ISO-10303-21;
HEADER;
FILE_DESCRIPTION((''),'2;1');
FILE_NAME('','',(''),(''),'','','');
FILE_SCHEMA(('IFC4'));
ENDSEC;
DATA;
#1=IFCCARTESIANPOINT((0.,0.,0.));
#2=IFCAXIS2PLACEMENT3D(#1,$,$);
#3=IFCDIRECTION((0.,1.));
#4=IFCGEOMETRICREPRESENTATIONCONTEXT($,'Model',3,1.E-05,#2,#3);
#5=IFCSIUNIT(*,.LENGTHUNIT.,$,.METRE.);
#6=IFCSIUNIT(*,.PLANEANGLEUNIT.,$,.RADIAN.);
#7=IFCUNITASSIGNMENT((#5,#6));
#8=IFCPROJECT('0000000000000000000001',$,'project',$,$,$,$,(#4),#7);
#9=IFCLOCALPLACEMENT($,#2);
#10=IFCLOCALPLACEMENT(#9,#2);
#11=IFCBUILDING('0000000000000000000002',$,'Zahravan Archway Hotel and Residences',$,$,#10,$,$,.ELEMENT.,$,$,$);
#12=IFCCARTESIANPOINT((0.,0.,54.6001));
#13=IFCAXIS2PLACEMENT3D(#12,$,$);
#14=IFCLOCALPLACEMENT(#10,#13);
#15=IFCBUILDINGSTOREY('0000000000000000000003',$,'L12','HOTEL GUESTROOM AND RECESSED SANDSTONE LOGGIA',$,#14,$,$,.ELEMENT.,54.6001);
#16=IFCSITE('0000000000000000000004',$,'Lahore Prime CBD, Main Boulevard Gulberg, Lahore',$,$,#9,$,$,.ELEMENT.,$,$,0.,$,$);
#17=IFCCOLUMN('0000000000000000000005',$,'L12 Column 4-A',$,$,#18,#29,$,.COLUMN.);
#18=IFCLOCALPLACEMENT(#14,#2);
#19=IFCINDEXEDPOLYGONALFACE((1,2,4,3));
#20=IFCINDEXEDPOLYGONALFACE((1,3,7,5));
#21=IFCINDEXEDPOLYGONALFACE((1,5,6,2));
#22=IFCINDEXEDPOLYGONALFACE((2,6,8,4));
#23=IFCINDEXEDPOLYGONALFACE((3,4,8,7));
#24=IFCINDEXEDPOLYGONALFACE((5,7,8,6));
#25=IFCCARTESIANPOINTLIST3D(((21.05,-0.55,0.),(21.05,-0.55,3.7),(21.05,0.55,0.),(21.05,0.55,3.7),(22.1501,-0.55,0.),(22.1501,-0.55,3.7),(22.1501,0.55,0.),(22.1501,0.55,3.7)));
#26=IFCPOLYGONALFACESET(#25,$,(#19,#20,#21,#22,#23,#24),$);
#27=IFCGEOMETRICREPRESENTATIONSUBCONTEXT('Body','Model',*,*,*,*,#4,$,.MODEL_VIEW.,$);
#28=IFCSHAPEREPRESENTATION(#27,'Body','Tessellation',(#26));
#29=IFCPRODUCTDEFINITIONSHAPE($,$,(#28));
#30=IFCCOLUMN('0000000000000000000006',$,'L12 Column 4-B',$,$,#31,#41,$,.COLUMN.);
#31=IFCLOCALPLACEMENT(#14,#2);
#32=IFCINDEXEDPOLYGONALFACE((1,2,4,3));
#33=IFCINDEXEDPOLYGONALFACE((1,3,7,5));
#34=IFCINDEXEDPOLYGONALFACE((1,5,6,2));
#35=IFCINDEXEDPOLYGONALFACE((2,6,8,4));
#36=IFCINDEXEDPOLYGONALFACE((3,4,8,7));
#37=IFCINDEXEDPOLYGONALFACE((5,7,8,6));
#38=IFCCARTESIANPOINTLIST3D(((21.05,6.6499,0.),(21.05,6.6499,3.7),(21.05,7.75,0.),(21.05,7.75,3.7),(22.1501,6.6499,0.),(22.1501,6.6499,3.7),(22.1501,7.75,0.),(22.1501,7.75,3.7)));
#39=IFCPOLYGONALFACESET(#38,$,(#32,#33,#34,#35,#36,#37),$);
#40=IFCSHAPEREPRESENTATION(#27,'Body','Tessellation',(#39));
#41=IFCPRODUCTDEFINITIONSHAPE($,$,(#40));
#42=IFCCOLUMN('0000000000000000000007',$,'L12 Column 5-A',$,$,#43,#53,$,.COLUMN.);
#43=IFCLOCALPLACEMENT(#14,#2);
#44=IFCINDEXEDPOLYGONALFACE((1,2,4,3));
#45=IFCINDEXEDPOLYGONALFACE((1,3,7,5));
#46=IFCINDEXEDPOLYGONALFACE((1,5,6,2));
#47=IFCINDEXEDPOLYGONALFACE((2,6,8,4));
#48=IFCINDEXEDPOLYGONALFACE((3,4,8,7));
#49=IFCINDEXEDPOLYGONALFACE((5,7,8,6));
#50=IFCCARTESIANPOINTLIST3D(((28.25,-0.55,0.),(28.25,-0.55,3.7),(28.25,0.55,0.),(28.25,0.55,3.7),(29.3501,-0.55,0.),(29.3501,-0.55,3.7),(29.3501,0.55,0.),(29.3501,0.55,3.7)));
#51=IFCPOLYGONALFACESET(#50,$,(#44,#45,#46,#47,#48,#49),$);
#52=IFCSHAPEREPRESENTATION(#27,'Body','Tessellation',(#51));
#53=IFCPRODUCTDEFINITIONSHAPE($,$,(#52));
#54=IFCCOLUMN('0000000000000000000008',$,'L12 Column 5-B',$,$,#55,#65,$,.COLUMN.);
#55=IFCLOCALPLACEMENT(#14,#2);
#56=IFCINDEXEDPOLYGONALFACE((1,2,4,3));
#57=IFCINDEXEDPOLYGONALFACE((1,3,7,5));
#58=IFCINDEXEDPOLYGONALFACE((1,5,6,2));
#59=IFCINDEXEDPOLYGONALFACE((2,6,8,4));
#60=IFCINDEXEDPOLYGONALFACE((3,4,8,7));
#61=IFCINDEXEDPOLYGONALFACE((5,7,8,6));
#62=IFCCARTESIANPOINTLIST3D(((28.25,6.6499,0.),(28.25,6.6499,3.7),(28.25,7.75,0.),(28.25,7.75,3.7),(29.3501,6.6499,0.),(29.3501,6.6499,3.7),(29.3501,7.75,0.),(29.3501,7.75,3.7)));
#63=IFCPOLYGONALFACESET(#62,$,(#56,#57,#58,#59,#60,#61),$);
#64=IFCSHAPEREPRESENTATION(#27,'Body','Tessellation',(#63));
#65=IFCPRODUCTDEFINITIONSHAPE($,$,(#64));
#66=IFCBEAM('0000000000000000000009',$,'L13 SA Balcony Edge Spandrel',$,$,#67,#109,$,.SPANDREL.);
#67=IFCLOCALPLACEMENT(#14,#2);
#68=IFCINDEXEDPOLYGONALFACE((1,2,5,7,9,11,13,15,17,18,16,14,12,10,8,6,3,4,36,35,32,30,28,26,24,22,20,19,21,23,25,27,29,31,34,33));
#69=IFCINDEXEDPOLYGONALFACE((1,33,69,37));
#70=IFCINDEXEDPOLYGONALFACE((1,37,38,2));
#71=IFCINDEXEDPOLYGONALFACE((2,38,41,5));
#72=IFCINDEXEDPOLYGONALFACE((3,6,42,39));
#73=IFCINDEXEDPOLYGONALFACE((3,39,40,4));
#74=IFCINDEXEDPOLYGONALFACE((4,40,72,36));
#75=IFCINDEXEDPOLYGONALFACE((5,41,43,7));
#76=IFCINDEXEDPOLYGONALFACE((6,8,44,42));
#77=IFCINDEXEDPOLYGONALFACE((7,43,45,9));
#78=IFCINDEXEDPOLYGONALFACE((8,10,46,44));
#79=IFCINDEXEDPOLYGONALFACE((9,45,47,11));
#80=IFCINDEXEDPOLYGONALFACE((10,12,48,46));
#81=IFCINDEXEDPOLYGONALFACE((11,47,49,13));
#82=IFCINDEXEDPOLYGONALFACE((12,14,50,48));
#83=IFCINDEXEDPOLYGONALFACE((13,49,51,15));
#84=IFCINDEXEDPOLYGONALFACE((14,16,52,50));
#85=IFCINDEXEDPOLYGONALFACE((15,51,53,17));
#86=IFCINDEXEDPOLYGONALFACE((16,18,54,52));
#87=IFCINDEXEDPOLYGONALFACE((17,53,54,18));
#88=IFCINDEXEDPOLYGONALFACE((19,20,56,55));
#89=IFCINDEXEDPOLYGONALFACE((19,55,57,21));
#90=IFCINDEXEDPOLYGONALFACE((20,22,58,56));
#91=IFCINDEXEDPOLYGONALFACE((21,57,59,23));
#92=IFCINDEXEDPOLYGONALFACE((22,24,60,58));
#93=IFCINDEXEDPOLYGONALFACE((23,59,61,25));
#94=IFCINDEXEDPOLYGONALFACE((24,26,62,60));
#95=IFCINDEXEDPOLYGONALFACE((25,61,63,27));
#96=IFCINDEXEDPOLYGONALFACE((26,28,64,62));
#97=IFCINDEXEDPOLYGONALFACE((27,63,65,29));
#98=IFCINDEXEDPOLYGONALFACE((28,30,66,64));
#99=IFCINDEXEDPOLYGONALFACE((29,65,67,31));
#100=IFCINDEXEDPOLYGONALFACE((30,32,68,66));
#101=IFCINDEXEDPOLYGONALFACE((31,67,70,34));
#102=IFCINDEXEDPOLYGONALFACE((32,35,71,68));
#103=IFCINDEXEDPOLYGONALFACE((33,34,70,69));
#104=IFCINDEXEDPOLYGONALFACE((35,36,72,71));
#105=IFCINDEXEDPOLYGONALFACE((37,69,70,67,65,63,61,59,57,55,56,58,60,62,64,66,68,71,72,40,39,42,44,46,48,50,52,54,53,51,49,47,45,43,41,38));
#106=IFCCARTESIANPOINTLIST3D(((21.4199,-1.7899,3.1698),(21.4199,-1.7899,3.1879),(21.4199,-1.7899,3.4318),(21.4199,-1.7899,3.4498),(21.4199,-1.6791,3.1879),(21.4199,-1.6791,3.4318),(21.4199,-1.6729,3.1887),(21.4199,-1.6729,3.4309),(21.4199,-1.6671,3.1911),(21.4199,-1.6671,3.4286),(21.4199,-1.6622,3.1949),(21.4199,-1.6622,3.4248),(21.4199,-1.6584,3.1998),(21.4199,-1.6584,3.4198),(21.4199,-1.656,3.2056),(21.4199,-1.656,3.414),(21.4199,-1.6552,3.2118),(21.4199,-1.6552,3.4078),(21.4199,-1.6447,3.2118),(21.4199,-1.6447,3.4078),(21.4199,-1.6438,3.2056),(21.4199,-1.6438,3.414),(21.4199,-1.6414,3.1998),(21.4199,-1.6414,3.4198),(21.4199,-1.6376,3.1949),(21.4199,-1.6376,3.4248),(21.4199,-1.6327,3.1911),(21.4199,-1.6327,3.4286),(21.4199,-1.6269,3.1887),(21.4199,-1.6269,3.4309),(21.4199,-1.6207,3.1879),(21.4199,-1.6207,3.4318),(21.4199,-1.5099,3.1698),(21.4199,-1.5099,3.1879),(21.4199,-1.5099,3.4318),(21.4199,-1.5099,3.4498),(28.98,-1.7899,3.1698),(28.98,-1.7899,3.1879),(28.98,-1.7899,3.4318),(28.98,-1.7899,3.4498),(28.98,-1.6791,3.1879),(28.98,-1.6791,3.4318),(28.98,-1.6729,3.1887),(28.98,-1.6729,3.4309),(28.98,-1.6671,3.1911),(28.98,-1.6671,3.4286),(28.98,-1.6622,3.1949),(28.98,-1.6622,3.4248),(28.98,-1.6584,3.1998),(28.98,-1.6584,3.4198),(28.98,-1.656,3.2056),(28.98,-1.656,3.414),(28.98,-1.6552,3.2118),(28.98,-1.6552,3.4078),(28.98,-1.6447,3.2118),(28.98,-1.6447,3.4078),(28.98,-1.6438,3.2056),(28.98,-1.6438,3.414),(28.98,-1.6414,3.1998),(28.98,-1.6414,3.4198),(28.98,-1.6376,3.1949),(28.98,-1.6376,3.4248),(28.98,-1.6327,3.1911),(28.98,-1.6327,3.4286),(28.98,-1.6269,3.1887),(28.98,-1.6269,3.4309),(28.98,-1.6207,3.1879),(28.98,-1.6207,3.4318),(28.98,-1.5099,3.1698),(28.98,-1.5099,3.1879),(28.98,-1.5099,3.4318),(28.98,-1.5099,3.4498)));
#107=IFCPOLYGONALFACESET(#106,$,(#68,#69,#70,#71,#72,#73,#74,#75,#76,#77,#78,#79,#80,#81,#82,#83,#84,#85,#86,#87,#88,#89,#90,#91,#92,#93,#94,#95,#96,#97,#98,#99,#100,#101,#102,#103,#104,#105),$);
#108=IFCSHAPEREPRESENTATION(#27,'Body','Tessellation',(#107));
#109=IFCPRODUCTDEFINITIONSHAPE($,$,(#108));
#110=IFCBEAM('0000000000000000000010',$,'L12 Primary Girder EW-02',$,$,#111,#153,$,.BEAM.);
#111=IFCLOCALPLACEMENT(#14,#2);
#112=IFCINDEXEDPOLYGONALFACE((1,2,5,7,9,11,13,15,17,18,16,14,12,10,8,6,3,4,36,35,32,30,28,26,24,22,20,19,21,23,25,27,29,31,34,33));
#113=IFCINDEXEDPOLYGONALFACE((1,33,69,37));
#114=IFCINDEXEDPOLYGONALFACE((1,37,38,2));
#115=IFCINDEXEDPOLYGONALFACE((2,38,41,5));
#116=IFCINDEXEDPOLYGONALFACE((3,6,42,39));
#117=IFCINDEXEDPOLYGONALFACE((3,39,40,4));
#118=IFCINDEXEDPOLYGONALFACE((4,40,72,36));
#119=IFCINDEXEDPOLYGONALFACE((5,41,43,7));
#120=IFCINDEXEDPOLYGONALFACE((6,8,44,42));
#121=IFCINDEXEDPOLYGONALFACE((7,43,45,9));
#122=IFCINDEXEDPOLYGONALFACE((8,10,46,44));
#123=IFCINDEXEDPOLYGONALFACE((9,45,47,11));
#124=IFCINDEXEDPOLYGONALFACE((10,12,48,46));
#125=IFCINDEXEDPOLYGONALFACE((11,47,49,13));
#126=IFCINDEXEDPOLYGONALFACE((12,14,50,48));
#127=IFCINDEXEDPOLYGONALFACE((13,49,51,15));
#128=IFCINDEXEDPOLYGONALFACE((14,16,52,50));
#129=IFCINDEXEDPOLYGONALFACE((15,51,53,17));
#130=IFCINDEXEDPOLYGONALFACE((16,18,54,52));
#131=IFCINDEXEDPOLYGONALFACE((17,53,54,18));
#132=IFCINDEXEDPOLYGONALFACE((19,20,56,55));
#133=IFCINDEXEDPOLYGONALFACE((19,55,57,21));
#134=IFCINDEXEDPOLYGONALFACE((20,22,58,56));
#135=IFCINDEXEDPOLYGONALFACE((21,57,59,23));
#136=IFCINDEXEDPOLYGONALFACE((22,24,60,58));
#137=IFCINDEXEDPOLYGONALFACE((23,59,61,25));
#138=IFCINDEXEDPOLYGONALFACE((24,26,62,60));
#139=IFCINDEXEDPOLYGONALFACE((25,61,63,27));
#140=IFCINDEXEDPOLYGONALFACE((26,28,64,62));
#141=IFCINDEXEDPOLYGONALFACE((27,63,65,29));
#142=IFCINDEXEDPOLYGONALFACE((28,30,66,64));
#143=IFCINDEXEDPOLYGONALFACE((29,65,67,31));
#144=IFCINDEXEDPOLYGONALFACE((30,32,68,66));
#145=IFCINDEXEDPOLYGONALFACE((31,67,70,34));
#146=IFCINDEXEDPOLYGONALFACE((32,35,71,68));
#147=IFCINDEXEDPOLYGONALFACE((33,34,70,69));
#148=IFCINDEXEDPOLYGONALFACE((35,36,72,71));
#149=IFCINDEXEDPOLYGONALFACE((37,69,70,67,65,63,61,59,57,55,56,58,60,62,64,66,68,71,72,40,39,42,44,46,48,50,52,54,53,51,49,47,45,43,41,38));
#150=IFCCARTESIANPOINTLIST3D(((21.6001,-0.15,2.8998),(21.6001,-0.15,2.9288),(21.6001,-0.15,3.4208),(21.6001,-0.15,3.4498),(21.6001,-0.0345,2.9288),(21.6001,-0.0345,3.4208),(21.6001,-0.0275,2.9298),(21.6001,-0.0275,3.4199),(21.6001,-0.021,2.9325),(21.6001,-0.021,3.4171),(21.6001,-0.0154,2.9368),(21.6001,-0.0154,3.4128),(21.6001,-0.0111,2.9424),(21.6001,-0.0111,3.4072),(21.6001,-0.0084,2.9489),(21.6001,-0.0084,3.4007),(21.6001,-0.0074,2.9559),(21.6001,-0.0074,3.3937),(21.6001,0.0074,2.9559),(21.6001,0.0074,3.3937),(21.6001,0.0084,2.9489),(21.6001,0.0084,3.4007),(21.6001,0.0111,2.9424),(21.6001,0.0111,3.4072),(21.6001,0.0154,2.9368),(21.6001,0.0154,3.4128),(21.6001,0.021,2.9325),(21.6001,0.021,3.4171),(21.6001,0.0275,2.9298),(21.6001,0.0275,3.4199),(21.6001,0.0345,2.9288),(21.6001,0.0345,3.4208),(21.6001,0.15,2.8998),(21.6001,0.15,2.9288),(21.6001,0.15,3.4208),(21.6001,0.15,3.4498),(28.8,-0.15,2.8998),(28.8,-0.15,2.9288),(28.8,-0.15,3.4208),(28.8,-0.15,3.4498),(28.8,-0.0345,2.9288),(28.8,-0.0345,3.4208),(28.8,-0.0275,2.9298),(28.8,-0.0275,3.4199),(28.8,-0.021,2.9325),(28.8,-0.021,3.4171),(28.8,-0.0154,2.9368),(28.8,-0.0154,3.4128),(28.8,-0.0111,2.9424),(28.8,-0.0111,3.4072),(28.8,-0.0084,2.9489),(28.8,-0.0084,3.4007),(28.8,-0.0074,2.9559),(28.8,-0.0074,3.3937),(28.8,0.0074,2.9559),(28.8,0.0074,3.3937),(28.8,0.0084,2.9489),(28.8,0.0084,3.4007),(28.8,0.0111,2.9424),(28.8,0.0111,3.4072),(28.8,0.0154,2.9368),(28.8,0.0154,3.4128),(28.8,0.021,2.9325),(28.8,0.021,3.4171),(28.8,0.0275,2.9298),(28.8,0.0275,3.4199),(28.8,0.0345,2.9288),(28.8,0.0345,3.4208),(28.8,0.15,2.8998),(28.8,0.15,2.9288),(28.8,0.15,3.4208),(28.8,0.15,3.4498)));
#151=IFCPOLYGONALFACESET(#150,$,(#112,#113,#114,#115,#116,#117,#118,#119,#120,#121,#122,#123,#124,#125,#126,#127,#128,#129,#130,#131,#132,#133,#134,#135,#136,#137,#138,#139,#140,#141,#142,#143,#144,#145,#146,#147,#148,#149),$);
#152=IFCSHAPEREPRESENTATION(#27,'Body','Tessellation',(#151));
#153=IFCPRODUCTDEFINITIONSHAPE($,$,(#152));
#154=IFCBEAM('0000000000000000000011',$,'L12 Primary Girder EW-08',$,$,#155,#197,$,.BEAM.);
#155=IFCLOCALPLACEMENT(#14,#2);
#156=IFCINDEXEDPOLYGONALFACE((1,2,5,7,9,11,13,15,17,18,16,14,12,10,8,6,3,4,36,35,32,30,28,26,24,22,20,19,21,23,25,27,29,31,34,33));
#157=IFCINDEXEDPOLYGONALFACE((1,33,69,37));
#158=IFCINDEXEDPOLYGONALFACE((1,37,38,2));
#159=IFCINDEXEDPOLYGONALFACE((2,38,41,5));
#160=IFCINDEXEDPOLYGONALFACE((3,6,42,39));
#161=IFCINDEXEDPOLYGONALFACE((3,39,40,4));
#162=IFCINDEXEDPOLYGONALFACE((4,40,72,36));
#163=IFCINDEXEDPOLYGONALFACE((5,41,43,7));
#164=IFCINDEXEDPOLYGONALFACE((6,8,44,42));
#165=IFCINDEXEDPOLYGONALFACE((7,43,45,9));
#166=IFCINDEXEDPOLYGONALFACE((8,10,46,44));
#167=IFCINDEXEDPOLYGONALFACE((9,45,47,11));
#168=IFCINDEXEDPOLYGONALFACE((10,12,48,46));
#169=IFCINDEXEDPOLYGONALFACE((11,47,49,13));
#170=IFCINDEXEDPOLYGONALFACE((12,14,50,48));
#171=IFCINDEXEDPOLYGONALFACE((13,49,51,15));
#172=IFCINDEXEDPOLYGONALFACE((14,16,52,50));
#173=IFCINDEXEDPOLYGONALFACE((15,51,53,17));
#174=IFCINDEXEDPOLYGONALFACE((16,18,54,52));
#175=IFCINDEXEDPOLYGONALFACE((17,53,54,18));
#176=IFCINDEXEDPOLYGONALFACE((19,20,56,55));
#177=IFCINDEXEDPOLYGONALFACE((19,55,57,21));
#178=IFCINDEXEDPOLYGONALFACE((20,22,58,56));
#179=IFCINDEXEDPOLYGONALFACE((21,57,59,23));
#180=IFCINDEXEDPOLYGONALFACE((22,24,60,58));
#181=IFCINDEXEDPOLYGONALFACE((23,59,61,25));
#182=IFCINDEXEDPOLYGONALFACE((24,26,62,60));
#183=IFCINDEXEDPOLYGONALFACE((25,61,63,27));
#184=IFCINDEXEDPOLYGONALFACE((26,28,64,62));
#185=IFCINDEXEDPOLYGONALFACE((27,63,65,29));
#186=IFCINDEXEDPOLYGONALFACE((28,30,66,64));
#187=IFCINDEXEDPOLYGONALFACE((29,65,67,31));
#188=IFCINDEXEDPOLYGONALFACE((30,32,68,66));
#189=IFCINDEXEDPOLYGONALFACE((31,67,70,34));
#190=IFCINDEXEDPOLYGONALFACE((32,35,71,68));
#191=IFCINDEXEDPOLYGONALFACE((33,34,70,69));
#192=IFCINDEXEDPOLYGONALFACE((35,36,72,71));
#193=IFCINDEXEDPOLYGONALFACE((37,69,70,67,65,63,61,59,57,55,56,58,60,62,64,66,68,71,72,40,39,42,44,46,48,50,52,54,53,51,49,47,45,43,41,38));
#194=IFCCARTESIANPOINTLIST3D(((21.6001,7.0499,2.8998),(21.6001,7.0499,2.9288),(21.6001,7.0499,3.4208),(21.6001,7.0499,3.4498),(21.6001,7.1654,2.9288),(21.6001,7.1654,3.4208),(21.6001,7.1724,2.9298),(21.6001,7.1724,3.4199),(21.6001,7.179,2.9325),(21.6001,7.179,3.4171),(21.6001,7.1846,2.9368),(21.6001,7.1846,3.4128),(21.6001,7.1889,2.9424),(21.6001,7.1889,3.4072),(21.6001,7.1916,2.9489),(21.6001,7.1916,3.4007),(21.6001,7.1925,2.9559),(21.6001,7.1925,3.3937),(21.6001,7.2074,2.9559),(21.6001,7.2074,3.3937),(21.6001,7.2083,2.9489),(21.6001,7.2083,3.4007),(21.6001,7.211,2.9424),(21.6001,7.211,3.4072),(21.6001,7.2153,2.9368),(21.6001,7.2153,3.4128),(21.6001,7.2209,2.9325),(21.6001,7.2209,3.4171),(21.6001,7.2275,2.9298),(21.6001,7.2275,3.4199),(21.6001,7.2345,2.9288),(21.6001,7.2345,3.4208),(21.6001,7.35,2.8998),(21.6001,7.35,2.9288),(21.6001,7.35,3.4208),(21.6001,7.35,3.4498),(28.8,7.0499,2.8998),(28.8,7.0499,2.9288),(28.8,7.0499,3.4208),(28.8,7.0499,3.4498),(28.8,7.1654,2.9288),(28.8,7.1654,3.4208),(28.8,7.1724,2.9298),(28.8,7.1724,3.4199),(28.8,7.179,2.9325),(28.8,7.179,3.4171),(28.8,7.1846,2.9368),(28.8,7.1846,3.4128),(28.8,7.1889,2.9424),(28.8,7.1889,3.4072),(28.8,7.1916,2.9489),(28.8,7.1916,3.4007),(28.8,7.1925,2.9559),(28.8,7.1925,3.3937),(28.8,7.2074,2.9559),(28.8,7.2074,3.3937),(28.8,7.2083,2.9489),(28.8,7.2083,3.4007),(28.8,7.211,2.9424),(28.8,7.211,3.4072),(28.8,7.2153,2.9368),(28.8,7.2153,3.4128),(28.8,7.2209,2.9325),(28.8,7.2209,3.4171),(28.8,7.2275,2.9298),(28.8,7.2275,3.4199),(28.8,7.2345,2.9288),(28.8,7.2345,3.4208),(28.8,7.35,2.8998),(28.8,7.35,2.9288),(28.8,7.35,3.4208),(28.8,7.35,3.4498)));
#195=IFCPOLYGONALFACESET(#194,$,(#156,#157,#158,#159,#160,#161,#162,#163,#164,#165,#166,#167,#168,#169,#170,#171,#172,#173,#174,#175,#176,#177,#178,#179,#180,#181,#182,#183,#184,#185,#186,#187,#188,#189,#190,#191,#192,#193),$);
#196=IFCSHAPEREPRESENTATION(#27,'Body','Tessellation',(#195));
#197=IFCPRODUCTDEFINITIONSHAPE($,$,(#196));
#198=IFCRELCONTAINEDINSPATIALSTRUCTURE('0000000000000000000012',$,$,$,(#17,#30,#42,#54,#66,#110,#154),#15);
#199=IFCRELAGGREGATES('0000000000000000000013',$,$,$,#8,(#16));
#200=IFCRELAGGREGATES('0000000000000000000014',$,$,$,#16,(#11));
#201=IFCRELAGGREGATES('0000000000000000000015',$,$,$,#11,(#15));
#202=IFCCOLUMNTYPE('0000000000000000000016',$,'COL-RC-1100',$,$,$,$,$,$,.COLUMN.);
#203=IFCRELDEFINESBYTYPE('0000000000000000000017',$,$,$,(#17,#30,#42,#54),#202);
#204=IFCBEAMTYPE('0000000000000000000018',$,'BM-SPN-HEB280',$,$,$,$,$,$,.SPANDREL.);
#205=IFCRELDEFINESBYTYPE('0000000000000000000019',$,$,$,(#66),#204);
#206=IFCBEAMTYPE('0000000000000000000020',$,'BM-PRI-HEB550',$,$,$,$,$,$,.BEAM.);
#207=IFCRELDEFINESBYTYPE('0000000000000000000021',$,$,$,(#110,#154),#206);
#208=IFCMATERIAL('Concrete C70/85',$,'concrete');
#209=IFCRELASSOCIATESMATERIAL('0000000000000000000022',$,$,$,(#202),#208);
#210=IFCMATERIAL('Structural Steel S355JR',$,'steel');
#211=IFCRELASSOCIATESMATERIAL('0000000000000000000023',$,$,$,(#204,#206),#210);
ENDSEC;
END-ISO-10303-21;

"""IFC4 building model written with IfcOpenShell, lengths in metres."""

from ifc_helpers import new_model, si_unit, direction, frame, origin, origin_2d, place, context, subcontext, project, spatial, rectangle, i_section, extrude, source, transform, mapped, material, material_profile, profile_set, type_object, type_shapes, element, save


model = new_model("IFC4")

# Units and contexts
model_context = context("Model", 3, precision=1e-05, world=origin(), true_north=direction((0.0, 1.0)))
body_context = subcontext(model_context, "Body", "Model", "MODEL_VIEW")
ifc_project = project(units=[si_unit("LENGTHUNIT", "METRE"), si_unit("PLANEANGLEUNIT", "RADIAN")], contexts=[model_context])

# Site, building, storey
site_placement = place(None, origin())
site = spatial("IfcSite", under=ifc_project, at=site_placement, Name="Lahore Prime CBD, Main Boulevard Gulberg, Lahore", CompositionType="ELEMENT", RefElevation=0.0)
building_placement = place(site_placement, origin())
building = spatial("IfcBuilding", under=site, at=building_placement, Name="Zahravan Archway Hotel and Residences", CompositionType="ELEMENT")
storey_placement = place(building_placement, frame((0.0, 0.0, 54.6001)))
storey = spatial("IfcBuildingStorey", under=building, at=storey_placement, Name="L12", Description="HOTEL GUESTROOM AND RECESSED SANDSTONE LOGGIA", CompositionType="ELEMENT", Elevation=54.6001)

# Columns
ifc_material_1 = material(Name="Concrete C70/85", Category="concrete")
ifc_material_profile_1 = material_profile(ifc_material_1, rectangle(XDim=1.1001, YDim=1.1001, at=origin_2d()), Name="RC 1100x1100", Category="concrete")
ifc_profile_set_1 = profile_set([ifc_material_profile_1], Name="Concrete C70/85")
column_type = type_object("IfcColumnType", Name="COL-RC-1100", PredefinedType="COLUMN", material=ifc_profile_set_1)
shared_shape_1 = source(origin(), body_context, "Body", "SweptSolid", [
    extrude(rectangle(XDim=1.1001, YDim=1.1001, at=origin_2d()), origin(), (0.0, 0.0, 1.0), 3.7),
])
for number, where, z_axis, x_axis, name in (
    (1, (21.6001, 0.0, 0.0), (0.0, 0.0, 1.0), (1.0, 0.0, 0.0), "L12 Column 4-A"),
    (2, (21.6001, 7.2, 0.0), (0.0, 0.0, 1.0), (1.0, 0.0, 0.0), "L12 Column 4-B"),
    (3, (28.8, 0.0, 0.0), (0.0, 0.0, 1.0), (1.0, 0.0, 0.0), "L12 Column 5-A"),
    (4, (28.8, 7.2, 0.0), (0.0, 0.0, 1.0), (1.0, 0.0, 0.0), "L12 Column 5-B"),
):
    element("IfcColumn", number, at=place(storey_placement, frame(where, z_axis=z_axis, x_axis=x_axis)), inside=storey, type_object=column_type, Name=name, PredefinedType="COLUMN", context=body_context, shape_type="MappedRepresentation", body=[
        mapped(shared_shape_1, transform((0.0, 0.0, 0.0), scale=1.0)),
    ])

# Beams
ifc_material_2 = material(Name="Structural Steel S355JR", Category="steel")
ifc_material_profile_2 = material_profile(ifc_material_2, i_section(OverallWidth=0.28, OverallDepth=0.28, WebThickness=0.0105, FlangeThickness=0.0181, FilletRadius=0.0239, at=origin_2d()), Name="HEB 280", Category="steel")
ifc_profile_set_2 = profile_set([ifc_material_profile_2], Name="Structural Steel S355JR")
beam_type_1 = type_object("IfcBeamType", Name="BM-SPN-HEB280", PredefinedType="SPANDREL", material=ifc_profile_set_2)
shared_shape_2 = source(origin(), body_context, "Body", "SweptSolid", [
    extrude(i_section(OverallWidth=0.28, OverallDepth=0.28, WebThickness=0.0105, FlangeThickness=0.0181, FilletRadius=0.0239, at=origin_2d()), origin(), (0.0, 0.0, 1.0), 7.5601),
])
type_shapes(beam_type_1, [shared_shape_2])
beam_1_placement = place(storey_placement, frame((21.4199, -1.6499, 3.3098), z_axis=(1.0, 0.0, 0.0), x_axis=(0.0, 1.0, 0.0)))
element("IfcBeam", 5, at=beam_1_placement, inside=storey, type_object=beam_type_1, Name="L13 SA Balcony Edge Spandrel", PredefinedType="SPANDREL", context=body_context, shape_type="MappedRepresentation", body=[
    mapped(shared_shape_2, transform((0.0, 0.0, 0.0), scale=1.0)),
])
ifc_material_profile_3 = material_profile(ifc_material_2, i_section(OverallWidth=0.3, OverallDepth=0.55, WebThickness=0.0149, FlangeThickness=0.0291, FilletRadius=0.0271, at=origin_2d()), Name="HEB 550", Category="steel")
ifc_profile_set_3 = profile_set([ifc_material_profile_3], Name="Structural Steel S355JR")
beam_type_2 = type_object("IfcBeamType", Name="BM-PRI-HEB550", PredefinedType="BEAM", material=ifc_profile_set_3)
shared_shape_3 = source(origin(), body_context, "Body", "SweptSolid", [
    extrude(i_section(OverallWidth=0.3, OverallDepth=0.55, WebThickness=0.0149, FlangeThickness=0.0291, FilletRadius=0.0271, at=origin_2d()), origin(), (0.0, 0.0, 1.0), 7.2),
])
for number, where, z_axis, x_axis, name in (
    (6, (21.6001, 0.0, 3.1748), (1.0, 0.0, 0.0), (0.0, 1.0, 0.0), "L12 Primary Girder EW-02"),
    (7, (21.6001, 7.2, 3.1748), (1.0, 0.0, 0.0), (0.0, 1.0, 0.0), "L12 Primary Girder EW-08"),
):
    element("IfcBeam", number, at=place(storey_placement, frame(where, z_axis=z_axis, x_axis=x_axis)), inside=storey, type_object=beam_type_2, Name=name, PredefinedType="BEAM", context=body_context, shape_type="MappedRepresentation", body=[
        mapped(shared_shape_3, transform((0.0, 0.0, 0.0), scale=1.0)),
    ])

save(model, "model.ifc")
